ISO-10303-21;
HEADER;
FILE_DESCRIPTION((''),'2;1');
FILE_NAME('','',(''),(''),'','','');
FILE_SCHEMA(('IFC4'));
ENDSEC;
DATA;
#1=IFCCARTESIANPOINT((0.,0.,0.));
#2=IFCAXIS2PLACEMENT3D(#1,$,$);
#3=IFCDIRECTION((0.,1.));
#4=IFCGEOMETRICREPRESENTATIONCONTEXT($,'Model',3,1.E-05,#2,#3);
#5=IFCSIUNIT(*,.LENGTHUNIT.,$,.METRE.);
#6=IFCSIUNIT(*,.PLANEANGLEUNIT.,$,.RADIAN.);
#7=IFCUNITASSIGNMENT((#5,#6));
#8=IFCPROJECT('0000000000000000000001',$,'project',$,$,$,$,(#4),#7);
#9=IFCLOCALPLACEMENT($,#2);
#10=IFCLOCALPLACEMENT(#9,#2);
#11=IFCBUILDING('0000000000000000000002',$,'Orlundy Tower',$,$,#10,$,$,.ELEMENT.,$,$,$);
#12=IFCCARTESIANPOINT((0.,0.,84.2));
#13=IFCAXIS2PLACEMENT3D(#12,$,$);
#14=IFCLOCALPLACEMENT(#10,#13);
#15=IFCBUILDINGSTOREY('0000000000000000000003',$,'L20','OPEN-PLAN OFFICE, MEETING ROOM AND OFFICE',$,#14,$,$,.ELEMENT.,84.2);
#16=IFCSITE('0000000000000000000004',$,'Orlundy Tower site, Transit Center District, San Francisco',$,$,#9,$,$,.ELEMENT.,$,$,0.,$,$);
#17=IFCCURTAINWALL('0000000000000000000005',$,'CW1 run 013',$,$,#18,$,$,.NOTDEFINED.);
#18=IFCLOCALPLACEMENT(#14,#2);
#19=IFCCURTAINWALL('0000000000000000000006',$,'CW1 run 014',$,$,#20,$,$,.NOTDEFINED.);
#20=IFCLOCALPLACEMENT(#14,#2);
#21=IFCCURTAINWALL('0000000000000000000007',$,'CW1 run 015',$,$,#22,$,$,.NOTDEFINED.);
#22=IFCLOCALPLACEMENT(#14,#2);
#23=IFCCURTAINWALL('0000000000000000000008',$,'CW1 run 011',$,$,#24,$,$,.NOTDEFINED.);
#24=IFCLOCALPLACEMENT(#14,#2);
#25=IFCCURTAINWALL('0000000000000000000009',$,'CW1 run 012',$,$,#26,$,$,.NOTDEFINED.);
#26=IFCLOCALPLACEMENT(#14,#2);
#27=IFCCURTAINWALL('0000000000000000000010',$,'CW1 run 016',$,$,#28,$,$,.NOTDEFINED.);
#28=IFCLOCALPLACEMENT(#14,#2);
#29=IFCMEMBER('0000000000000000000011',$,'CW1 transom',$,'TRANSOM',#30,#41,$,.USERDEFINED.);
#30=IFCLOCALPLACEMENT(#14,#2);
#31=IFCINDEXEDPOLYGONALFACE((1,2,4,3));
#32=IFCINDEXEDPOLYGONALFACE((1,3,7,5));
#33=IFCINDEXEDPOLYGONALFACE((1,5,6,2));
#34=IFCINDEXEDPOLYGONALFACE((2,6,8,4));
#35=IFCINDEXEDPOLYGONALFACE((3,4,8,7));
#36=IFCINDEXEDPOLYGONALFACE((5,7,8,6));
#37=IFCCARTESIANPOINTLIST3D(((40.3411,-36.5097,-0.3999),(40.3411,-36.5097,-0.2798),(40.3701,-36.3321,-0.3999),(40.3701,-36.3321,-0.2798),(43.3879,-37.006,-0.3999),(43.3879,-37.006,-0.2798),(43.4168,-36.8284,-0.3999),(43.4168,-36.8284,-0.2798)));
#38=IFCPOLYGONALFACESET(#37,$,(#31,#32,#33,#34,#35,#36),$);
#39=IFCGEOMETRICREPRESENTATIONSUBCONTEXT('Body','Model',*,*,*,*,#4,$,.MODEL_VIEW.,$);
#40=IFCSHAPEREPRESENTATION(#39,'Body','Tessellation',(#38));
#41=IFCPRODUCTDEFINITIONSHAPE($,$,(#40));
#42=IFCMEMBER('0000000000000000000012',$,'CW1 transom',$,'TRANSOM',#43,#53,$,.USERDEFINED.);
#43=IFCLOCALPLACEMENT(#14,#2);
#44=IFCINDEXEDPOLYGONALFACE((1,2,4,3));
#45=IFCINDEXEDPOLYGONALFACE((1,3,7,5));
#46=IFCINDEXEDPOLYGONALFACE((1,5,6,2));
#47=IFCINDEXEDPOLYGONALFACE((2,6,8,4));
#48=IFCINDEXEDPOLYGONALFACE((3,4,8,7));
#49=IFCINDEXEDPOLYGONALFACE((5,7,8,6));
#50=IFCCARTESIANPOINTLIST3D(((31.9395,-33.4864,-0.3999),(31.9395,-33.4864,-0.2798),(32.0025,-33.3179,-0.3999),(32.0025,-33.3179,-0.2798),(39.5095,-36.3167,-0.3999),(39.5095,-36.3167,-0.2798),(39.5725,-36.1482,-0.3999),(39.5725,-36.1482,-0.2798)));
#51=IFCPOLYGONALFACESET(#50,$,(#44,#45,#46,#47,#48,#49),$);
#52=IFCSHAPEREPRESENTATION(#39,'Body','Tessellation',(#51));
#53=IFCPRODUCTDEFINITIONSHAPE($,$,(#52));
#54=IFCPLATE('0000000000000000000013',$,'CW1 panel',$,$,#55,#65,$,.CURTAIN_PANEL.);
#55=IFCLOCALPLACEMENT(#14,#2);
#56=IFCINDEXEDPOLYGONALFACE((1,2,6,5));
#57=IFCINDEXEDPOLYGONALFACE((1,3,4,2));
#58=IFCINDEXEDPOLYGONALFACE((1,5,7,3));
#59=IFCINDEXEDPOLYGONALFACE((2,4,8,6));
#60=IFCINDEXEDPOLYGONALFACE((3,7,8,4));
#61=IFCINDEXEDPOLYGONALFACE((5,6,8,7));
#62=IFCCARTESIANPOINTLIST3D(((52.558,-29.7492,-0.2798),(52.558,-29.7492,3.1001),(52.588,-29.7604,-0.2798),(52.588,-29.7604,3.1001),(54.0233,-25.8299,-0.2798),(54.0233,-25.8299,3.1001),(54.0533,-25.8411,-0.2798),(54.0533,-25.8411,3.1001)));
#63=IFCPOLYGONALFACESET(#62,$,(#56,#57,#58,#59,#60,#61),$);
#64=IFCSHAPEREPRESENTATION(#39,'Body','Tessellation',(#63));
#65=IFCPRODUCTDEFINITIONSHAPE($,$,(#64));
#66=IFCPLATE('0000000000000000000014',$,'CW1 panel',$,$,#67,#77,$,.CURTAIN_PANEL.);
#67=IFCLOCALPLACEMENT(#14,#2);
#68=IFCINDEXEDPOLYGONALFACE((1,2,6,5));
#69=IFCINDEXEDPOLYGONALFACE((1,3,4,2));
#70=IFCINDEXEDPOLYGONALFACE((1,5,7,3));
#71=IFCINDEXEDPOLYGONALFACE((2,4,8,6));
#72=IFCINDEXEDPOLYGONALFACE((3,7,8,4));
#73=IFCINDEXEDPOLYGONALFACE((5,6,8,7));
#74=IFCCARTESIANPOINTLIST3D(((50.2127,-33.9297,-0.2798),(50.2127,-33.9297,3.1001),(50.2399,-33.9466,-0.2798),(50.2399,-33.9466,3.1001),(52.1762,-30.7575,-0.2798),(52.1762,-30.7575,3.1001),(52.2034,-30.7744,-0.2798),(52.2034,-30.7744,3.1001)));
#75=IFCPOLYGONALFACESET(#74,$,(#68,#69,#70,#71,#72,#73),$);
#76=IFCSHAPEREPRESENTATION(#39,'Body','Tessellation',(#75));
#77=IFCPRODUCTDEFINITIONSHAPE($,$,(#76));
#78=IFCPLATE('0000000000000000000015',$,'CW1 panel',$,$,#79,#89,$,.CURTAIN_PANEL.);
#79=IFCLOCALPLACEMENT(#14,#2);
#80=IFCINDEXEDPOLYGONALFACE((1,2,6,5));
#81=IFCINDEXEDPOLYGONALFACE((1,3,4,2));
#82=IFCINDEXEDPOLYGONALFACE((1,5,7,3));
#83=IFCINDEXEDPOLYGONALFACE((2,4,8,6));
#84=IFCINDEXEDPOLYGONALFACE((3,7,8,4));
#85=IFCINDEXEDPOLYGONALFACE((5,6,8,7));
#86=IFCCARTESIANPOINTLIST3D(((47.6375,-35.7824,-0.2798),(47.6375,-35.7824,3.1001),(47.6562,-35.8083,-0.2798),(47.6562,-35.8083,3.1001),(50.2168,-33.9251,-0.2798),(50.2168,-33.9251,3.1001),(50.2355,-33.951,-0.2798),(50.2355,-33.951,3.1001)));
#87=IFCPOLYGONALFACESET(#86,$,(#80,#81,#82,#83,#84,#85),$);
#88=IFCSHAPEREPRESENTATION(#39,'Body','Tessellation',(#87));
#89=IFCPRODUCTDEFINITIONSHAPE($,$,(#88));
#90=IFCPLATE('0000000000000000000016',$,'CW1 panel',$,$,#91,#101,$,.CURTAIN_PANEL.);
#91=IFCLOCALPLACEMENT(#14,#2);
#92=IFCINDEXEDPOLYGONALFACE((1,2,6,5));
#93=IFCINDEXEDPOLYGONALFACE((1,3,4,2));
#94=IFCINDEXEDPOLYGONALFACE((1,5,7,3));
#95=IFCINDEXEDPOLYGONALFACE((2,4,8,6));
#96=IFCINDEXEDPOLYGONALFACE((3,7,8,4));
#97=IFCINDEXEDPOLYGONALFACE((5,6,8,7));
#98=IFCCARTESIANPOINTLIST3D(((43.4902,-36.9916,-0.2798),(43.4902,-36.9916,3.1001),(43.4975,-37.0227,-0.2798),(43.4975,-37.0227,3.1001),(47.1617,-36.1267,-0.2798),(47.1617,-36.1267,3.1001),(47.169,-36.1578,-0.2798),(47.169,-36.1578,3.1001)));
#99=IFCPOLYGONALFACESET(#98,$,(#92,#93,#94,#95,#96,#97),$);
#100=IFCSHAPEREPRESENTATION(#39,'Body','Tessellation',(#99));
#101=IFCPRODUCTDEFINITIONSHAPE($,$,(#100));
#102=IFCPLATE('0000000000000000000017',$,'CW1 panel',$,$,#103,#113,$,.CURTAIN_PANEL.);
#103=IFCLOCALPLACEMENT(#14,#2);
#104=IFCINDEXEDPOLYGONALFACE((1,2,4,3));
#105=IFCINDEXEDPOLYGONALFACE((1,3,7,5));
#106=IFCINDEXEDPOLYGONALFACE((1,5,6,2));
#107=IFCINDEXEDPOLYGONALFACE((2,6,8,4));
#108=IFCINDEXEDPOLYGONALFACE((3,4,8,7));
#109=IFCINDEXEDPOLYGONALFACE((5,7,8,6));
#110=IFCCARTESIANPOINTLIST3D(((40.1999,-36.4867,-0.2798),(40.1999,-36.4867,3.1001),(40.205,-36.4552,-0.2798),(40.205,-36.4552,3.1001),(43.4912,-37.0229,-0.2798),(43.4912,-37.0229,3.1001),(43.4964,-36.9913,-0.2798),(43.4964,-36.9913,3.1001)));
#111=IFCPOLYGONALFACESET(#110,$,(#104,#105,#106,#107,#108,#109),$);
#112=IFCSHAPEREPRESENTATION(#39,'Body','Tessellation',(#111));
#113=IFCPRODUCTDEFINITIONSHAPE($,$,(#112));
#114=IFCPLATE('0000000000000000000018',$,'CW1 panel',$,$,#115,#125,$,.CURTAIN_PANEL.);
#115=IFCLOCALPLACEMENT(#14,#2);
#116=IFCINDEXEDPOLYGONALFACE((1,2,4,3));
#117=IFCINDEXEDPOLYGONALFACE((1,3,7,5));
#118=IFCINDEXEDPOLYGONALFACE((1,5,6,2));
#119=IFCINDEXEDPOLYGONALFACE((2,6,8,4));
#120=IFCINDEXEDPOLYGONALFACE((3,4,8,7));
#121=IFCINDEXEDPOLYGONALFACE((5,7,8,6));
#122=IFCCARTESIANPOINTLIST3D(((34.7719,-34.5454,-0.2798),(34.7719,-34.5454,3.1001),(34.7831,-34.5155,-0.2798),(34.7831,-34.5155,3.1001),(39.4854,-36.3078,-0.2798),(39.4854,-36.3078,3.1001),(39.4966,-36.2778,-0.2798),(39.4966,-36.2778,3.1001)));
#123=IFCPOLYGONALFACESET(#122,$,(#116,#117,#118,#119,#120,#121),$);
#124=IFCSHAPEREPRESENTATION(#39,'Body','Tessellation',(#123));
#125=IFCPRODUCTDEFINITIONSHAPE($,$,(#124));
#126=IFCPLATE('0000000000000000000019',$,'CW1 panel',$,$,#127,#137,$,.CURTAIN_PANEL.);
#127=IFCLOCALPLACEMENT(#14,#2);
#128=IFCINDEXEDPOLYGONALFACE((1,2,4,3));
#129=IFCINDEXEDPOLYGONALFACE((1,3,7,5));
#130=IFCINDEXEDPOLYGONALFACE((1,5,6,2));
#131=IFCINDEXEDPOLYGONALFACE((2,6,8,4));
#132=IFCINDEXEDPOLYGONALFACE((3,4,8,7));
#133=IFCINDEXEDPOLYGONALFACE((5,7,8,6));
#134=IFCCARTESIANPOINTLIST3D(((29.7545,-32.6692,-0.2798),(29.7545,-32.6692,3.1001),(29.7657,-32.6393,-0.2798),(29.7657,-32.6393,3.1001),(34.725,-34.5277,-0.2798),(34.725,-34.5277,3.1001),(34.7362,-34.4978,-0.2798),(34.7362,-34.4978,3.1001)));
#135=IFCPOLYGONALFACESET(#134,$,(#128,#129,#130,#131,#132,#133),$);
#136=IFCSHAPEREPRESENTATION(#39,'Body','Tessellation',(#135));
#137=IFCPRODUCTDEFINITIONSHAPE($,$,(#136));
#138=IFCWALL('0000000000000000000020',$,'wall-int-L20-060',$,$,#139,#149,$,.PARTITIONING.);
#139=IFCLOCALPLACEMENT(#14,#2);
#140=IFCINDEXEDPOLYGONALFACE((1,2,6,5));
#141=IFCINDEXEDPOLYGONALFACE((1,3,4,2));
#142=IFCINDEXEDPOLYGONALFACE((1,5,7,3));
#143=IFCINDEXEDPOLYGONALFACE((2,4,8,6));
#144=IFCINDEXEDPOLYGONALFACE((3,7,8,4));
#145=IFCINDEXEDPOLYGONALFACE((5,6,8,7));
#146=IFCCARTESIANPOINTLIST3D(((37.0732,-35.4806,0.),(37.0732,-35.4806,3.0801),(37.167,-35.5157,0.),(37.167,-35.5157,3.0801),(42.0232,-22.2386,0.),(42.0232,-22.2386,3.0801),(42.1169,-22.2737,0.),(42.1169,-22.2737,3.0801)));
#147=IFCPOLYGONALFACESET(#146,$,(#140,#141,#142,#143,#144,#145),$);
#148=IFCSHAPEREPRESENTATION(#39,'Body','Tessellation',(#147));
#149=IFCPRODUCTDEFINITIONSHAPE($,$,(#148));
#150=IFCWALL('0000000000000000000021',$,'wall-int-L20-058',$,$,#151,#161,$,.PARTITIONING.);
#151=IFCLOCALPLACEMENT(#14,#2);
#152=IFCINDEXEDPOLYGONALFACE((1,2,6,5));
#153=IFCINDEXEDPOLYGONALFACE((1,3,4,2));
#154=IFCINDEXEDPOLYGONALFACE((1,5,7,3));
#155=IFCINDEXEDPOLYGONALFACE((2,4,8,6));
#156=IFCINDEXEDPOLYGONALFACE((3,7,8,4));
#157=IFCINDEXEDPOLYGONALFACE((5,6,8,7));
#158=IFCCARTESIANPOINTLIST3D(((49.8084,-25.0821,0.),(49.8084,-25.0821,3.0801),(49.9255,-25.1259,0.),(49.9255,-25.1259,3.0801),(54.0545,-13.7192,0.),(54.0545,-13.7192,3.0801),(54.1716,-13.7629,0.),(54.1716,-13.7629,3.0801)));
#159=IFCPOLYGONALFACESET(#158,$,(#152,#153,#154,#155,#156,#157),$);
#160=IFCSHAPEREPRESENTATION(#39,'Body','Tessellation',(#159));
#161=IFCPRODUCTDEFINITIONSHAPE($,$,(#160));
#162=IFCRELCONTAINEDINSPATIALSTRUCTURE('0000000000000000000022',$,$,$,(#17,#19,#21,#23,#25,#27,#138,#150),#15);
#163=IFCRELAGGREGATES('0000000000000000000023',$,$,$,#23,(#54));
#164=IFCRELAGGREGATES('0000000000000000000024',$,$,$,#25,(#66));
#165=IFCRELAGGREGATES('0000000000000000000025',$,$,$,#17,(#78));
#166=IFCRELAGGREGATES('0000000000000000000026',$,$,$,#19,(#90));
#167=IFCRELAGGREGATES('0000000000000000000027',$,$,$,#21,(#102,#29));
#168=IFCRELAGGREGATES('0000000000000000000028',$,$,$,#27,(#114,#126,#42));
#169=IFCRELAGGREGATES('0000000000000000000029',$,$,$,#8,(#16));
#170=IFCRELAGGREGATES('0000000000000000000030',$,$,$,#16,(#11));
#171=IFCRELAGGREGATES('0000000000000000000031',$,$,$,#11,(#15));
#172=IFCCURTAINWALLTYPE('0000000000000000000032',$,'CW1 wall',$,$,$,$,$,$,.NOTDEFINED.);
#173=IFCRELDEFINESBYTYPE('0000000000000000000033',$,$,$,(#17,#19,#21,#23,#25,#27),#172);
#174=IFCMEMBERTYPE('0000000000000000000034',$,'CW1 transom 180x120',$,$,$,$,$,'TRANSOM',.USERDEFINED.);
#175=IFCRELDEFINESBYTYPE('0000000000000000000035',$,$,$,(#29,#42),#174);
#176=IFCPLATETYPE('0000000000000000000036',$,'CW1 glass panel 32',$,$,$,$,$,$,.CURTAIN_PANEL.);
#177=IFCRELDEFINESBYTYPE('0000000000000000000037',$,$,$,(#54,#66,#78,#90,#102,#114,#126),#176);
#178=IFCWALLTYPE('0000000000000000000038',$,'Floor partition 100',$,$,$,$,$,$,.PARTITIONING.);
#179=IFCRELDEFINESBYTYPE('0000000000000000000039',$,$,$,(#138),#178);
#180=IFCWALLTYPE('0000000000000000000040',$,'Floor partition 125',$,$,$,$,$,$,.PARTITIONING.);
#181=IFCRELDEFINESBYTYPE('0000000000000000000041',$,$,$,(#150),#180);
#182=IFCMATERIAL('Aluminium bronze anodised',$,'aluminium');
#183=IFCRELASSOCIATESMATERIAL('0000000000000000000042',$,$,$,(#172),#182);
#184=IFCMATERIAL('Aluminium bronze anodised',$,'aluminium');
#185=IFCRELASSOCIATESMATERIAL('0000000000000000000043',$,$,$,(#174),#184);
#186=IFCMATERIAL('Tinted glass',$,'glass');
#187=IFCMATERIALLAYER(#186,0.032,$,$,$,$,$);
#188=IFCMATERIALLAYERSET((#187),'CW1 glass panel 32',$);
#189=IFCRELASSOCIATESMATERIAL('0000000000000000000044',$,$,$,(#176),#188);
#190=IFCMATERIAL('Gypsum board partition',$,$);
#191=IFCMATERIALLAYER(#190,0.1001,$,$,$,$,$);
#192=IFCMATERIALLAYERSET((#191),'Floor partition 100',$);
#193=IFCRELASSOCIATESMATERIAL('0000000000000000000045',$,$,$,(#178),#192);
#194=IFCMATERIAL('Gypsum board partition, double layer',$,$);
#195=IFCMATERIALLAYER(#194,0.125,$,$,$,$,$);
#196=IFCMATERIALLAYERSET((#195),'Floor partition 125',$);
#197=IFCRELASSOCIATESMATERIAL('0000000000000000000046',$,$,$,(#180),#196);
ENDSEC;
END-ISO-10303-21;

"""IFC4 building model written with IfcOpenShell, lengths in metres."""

from ifc_helpers import new_model, si_unit, direction, frame, frame_2d, origin, origin_2d, place, context, subcontext, project, spatial, rectangle, extrude, material, layer, layer_set, material_profile, profile_set, type_object, element, aggregate, save


model = new_model("IFC4")

# Units and contexts
model_context = context("Model", 3, precision=1e-05, world=origin(), true_north=direction((0.0, 1.0)))
body_context = subcontext(model_context, "Body", "Model", "MODEL_VIEW")
ifc_project = project(units=[si_unit("LENGTHUNIT", "METRE"), si_unit("PLANEANGLEUNIT", "RADIAN")], contexts=[model_context])

# Site, building, storey
site_placement = place(None, origin())
site = spatial("IfcSite", under=ifc_project, at=site_placement, Name="Orlundy Tower site, Transit Center District, San Francisco", CompositionType="ELEMENT", RefElevation=0.0)
building_placement = place(site_placement, origin())
building = spatial("IfcBuilding", under=site, at=building_placement, Name="Orlundy Tower", CompositionType="ELEMENT")
storey_placement = place(building_placement, frame((0.0, 0.0, 84.2)))
storey = spatial("IfcBuildingStorey", under=building, at=storey_placement, Name="L20", Description="OPEN-PLAN OFFICE, MEETING ROOM AND OFFICE", CompositionType="ELEMENT", Elevation=84.2)

# Curtain walls
ifc_material_1 = material(Name="Aluminium bronze anodised", Category="aluminium")
curtain_wall_type = type_object("IfcCurtainWallType", Name="CW1 wall", PredefinedType="NOTDEFINED", material=ifc_material_1)
curtain_wall_1_placement = place(storey_placement, origin())
curtain_wall_1 = element("IfcCurtainWall", 1, at=curtain_wall_1_placement, inside=storey, type_object=curtain_wall_type, Name="CW1 run 013", PredefinedType="NOTDEFINED")
curtain_wall_2_placement = place(storey_placement, origin())
curtain_wall_2 = element("IfcCurtainWall", 2, at=curtain_wall_2_placement, inside=storey, type_object=curtain_wall_type, Name="CW1 run 014", PredefinedType="NOTDEFINED")
curtain_wall_3_placement = place(storey_placement, origin())
curtain_wall_3 = element("IfcCurtainWall", 3, at=curtain_wall_3_placement, inside=storey, type_object=curtain_wall_type, Name="CW1 run 015", PredefinedType="NOTDEFINED")
curtain_wall_4_placement = place(storey_placement, origin())
curtain_wall_4 = element("IfcCurtainWall", 4, at=curtain_wall_4_placement, inside=storey, type_object=curtain_wall_type, Name="CW1 run 011", PredefinedType="NOTDEFINED")
curtain_wall_5_placement = place(storey_placement, origin())
curtain_wall_5 = element("IfcCurtainWall", 5, at=curtain_wall_5_placement, inside=storey, type_object=curtain_wall_type, Name="CW1 run 012", PredefinedType="NOTDEFINED")
curtain_wall_6_placement = place(storey_placement, origin())
curtain_wall_6 = element("IfcCurtainWall", 6, at=curtain_wall_6_placement, inside=storey, type_object=curtain_wall_type, Name="CW1 run 016", PredefinedType="NOTDEFINED")

# Members
ifc_material_2 = material(Name="Aluminium bronze anodised", Category="aluminium")
ifc_material_profile_1 = material_profile(ifc_material_2, rectangle(XDim=0.1799, YDim=0.1201, at=origin_2d()), Name="CW1 transom 180x120")
ifc_profile_set_1 = profile_set([ifc_material_profile_1], Name="Aluminium bronze anodised")
member_type_1 = type_object("IfcMemberType", Name="CW1 transom 180x120", ElementType="TRANSOM", PredefinedType="USERDEFINED", material=ifc_profile_set_1)
member_1_placement = place(storey_placement, frame((43.4023, -36.9172, -0.3398), z_axis=(-0.986988, 0.160794, 0.0), x_axis=(-0.160794, -0.986988, 0.0)))
member_1 = element("IfcMember", 7, at=member_1_placement, type_object=member_type_1, Name="CW1 transom", ObjectType="TRANSOM", PredefinedType="USERDEFINED", context=body_context, shape_type="SweptSolid", body=[
    extrude(rectangle(XDim=0.1799, YDim=0.1201, at=origin_2d()), origin(), (0.0, 0.0, 1.0), 3.0869),
])
member_2_placement = place(storey_placement, frame((39.541, -36.2324, -0.3398), z_axis=(-0.936673, 0.350206, 0.0), x_axis=(-0.350206, -0.936673, 0.0)))
member_2 = element("IfcMember", 8, at=member_2_placement, type_object=member_type_1, Name="CW1 transom", ObjectType="TRANSOM", PredefinedType="USERDEFINED", context=body_context, shape_type="SweptSolid", body=[
    extrude(rectangle(XDim=0.1799, YDim=0.1201, at=origin_2d()), origin(), (0.0, 0.0, 1.0), 8.0818),
])

# Plates
ifc_material_3 = material(Name="Tinted glass", Category="glass")
ifc_layer_1 = layer(ifc_material_3, 0.032)
ifc_layer_set_1 = layer_set([ifc_layer_1], Name="CW1 glass panel 32")
plate_type = type_object("IfcPlateType", Name="CW1 glass panel 32", PredefinedType="CURTAIN_PANEL", material=ifc_layer_set_1)
plate_1_placement = place(storey_placement, frame((53.3057, -27.7952, -0.2798), z_axis=(0.0, 0.0, 1.0), x_axis=(-0.350194, -0.936677, 0.0)))
plate_1 = element("IfcPlate", 9, at=plate_1_placement, type_object=plate_type, Name="CW1 panel", PredefinedType="CURTAIN_PANEL", context=body_context, shape_type="SweptSolid", body=[
    extrude(rectangle(XDim=4.1843, YDim=0.032, at=origin_2d()), origin(), (0.0, 0.0, 1.0), 3.3799),
])
aggregate(curtain_wall_4, [plate_1])
plate_2_placement = place(storey_placement, frame((51.208, -32.3521, -0.2798), z_axis=(0.0, 0.0, 1.0), x_axis=(-0.526308, -0.850294, 0.0)))
plate_2 = element("IfcPlate", 10, at=plate_2_placement, type_object=plate_type, Name="CW1 panel", PredefinedType="CURTAIN_PANEL", context=body_context, shape_type="SweptSolid", body=[
    extrude(rectangle(XDim=3.7307, YDim=0.032, at=origin_2d()), origin(), (0.0, 0.0, 1.0), 3.3799),
])
aggregate(curtain_wall_5, [plate_2])
plate_3_placement = place(storey_placement, frame((48.9365, -34.8667, -0.2798), z_axis=(0.0, 0.0, 1.0), x_axis=(-0.811504, -0.584347, 0.0)))
plate_3 = element("IfcPlate", 11, at=plate_3_placement, type_object=plate_type, Name="CW1 panel", PredefinedType="CURTAIN_PANEL", context=body_context, shape_type="SweptSolid", body=[
    extrude(rectangle(XDim=3.1785, YDim=0.032, at=origin_2d()), origin(), (0.0, 0.0, 1.0), 3.3799),
])
aggregate(curtain_wall_1, [plate_3])
plate_4_placement = place(storey_placement, frame((45.3296, -36.5747, -0.2798), z_axis=(0.0, 0.0, 1.0), x_axis=(-0.973353, -0.22931, 0.0)))
plate_4 = element("IfcPlate", 12, at=plate_4_placement, type_object=plate_type, Name="CW1 panel", PredefinedType="CURTAIN_PANEL", context=body_context, shape_type="SweptSolid", body=[
    extrude(rectangle(XDim=3.772, YDim=0.032, at=origin_2d()), origin(), (0.0, 0.0, 1.0), 3.3799),
])
aggregate(curtain_wall_2, [plate_4])
plate_5_placement = place(storey_placement, frame((41.8481, -36.739, -0.2798), z_axis=(0.0, 0.0, 1.0), x_axis=(-0.986992, 0.160767, 0.0)))
plate_5 = element("IfcPlate", 13, at=plate_5_placement, type_object=plate_type, Name="CW1 panel", PredefinedType="CURTAIN_PANEL", context=body_context, shape_type="SweptSolid", body=[
    extrude(rectangle(XDim=3.3347, YDim=0.032, at=origin_2d()), origin(), (0.0, 0.0, 1.0), 3.3799),
])
aggregate(curtain_wall_3, [plate_5, member_1])
plate_6_placement = place(storey_placement, frame((37.1343, -35.4116, -0.2798), z_axis=(0.0, 0.0, 1.0), x_axis=(-0.936668, 0.350219, 0.0)))
plate_6 = element("IfcPlate", 14, at=plate_6_placement, type_object=plate_type, Name="CW1 panel", PredefinedType="CURTAIN_PANEL", context=body_context, shape_type="SweptSolid", body=[
    extrude(rectangle(XDim=5.0322, YDim=0.032, at=origin_2d()), origin(), (0.0, 0.0, 1.0), 3.3799),
])
plate_7_placement = place(storey_placement, frame((32.2454, -33.5835, -0.2798), z_axis=(0.0, 0.0, 1.0), x_axis=(-0.936668, 0.350219, 0.0)))
plate_7 = element("IfcPlate", 15, at=plate_7_placement, type_object=plate_type, Name="CW1 panel", PredefinedType="CURTAIN_PANEL", context=body_context, shape_type="SweptSolid", body=[
    extrude(rectangle(XDim=5.3066, YDim=0.032, at=origin_2d()), origin(), (0.0, 0.0, 1.0), 3.3799),
])
aggregate(curtain_wall_6, [plate_6, plate_7, member_2])

# Walls
ifc_material_4 = material(Name="Gypsum board partition")
ifc_layer_2 = layer(ifc_material_4, 0.1001)
ifc_layer_set_2 = layer_set([ifc_layer_2], Name="Floor partition 100")
wall_type_1 = type_object("IfcWallType", Name="Floor partition 100", PredefinedType="PARTITIONING", material=ifc_layer_set_2)
wall_1_placement = place(storey_placement, frame((37.1201, -35.498, 0.0), z_axis=(0.0, 0.0, 1.0), x_axis=(0.350145, 0.936696, 0.0)))
element("IfcWall", 16, at=wall_1_placement, inside=storey, type_object=wall_type_1, Name="wall-int-L20-060", PredefinedType="PARTITIONING", context=body_context, shape_type="SweptSolid", body=[
    extrude(rectangle(XDim=14.137, YDim=0.1001, at=frame_2d((7.0684, 0.0))), origin(), (0.0, 0.0, 1.0), 3.0801),
])
ifc_material_5 = material(Name="Gypsum board partition, double layer")
ifc_layer_3 = layer(ifc_material_5, 0.125)
ifc_layer_set_3 = layer_set([ifc_layer_3], Name="Floor partition 125")
wall_type_2 = type_object("IfcWallType", Name="Floor partition 125", PredefinedType="PARTITIONING", material=ifc_layer_set_3)
wall_2_placement = place(storey_placement, frame((49.8669, -25.104, 0.0), z_axis=(0.0, 0.0, 1.0), x_axis=(0.350036, 0.936736, 0.0)))
element("IfcWall", 17, at=wall_2_placement, inside=storey, type_object=wall_type_2, Name="wall-int-L20-058", PredefinedType="PARTITIONING", context=body_context, shape_type="SweptSolid", body=[
    extrude(rectangle(XDim=12.1304, YDim=0.125, at=frame_2d((6.0652, 0.0))), origin(), (0.0, 0.0, 1.0), 3.0801),
])

save(model, "model.ifc")
